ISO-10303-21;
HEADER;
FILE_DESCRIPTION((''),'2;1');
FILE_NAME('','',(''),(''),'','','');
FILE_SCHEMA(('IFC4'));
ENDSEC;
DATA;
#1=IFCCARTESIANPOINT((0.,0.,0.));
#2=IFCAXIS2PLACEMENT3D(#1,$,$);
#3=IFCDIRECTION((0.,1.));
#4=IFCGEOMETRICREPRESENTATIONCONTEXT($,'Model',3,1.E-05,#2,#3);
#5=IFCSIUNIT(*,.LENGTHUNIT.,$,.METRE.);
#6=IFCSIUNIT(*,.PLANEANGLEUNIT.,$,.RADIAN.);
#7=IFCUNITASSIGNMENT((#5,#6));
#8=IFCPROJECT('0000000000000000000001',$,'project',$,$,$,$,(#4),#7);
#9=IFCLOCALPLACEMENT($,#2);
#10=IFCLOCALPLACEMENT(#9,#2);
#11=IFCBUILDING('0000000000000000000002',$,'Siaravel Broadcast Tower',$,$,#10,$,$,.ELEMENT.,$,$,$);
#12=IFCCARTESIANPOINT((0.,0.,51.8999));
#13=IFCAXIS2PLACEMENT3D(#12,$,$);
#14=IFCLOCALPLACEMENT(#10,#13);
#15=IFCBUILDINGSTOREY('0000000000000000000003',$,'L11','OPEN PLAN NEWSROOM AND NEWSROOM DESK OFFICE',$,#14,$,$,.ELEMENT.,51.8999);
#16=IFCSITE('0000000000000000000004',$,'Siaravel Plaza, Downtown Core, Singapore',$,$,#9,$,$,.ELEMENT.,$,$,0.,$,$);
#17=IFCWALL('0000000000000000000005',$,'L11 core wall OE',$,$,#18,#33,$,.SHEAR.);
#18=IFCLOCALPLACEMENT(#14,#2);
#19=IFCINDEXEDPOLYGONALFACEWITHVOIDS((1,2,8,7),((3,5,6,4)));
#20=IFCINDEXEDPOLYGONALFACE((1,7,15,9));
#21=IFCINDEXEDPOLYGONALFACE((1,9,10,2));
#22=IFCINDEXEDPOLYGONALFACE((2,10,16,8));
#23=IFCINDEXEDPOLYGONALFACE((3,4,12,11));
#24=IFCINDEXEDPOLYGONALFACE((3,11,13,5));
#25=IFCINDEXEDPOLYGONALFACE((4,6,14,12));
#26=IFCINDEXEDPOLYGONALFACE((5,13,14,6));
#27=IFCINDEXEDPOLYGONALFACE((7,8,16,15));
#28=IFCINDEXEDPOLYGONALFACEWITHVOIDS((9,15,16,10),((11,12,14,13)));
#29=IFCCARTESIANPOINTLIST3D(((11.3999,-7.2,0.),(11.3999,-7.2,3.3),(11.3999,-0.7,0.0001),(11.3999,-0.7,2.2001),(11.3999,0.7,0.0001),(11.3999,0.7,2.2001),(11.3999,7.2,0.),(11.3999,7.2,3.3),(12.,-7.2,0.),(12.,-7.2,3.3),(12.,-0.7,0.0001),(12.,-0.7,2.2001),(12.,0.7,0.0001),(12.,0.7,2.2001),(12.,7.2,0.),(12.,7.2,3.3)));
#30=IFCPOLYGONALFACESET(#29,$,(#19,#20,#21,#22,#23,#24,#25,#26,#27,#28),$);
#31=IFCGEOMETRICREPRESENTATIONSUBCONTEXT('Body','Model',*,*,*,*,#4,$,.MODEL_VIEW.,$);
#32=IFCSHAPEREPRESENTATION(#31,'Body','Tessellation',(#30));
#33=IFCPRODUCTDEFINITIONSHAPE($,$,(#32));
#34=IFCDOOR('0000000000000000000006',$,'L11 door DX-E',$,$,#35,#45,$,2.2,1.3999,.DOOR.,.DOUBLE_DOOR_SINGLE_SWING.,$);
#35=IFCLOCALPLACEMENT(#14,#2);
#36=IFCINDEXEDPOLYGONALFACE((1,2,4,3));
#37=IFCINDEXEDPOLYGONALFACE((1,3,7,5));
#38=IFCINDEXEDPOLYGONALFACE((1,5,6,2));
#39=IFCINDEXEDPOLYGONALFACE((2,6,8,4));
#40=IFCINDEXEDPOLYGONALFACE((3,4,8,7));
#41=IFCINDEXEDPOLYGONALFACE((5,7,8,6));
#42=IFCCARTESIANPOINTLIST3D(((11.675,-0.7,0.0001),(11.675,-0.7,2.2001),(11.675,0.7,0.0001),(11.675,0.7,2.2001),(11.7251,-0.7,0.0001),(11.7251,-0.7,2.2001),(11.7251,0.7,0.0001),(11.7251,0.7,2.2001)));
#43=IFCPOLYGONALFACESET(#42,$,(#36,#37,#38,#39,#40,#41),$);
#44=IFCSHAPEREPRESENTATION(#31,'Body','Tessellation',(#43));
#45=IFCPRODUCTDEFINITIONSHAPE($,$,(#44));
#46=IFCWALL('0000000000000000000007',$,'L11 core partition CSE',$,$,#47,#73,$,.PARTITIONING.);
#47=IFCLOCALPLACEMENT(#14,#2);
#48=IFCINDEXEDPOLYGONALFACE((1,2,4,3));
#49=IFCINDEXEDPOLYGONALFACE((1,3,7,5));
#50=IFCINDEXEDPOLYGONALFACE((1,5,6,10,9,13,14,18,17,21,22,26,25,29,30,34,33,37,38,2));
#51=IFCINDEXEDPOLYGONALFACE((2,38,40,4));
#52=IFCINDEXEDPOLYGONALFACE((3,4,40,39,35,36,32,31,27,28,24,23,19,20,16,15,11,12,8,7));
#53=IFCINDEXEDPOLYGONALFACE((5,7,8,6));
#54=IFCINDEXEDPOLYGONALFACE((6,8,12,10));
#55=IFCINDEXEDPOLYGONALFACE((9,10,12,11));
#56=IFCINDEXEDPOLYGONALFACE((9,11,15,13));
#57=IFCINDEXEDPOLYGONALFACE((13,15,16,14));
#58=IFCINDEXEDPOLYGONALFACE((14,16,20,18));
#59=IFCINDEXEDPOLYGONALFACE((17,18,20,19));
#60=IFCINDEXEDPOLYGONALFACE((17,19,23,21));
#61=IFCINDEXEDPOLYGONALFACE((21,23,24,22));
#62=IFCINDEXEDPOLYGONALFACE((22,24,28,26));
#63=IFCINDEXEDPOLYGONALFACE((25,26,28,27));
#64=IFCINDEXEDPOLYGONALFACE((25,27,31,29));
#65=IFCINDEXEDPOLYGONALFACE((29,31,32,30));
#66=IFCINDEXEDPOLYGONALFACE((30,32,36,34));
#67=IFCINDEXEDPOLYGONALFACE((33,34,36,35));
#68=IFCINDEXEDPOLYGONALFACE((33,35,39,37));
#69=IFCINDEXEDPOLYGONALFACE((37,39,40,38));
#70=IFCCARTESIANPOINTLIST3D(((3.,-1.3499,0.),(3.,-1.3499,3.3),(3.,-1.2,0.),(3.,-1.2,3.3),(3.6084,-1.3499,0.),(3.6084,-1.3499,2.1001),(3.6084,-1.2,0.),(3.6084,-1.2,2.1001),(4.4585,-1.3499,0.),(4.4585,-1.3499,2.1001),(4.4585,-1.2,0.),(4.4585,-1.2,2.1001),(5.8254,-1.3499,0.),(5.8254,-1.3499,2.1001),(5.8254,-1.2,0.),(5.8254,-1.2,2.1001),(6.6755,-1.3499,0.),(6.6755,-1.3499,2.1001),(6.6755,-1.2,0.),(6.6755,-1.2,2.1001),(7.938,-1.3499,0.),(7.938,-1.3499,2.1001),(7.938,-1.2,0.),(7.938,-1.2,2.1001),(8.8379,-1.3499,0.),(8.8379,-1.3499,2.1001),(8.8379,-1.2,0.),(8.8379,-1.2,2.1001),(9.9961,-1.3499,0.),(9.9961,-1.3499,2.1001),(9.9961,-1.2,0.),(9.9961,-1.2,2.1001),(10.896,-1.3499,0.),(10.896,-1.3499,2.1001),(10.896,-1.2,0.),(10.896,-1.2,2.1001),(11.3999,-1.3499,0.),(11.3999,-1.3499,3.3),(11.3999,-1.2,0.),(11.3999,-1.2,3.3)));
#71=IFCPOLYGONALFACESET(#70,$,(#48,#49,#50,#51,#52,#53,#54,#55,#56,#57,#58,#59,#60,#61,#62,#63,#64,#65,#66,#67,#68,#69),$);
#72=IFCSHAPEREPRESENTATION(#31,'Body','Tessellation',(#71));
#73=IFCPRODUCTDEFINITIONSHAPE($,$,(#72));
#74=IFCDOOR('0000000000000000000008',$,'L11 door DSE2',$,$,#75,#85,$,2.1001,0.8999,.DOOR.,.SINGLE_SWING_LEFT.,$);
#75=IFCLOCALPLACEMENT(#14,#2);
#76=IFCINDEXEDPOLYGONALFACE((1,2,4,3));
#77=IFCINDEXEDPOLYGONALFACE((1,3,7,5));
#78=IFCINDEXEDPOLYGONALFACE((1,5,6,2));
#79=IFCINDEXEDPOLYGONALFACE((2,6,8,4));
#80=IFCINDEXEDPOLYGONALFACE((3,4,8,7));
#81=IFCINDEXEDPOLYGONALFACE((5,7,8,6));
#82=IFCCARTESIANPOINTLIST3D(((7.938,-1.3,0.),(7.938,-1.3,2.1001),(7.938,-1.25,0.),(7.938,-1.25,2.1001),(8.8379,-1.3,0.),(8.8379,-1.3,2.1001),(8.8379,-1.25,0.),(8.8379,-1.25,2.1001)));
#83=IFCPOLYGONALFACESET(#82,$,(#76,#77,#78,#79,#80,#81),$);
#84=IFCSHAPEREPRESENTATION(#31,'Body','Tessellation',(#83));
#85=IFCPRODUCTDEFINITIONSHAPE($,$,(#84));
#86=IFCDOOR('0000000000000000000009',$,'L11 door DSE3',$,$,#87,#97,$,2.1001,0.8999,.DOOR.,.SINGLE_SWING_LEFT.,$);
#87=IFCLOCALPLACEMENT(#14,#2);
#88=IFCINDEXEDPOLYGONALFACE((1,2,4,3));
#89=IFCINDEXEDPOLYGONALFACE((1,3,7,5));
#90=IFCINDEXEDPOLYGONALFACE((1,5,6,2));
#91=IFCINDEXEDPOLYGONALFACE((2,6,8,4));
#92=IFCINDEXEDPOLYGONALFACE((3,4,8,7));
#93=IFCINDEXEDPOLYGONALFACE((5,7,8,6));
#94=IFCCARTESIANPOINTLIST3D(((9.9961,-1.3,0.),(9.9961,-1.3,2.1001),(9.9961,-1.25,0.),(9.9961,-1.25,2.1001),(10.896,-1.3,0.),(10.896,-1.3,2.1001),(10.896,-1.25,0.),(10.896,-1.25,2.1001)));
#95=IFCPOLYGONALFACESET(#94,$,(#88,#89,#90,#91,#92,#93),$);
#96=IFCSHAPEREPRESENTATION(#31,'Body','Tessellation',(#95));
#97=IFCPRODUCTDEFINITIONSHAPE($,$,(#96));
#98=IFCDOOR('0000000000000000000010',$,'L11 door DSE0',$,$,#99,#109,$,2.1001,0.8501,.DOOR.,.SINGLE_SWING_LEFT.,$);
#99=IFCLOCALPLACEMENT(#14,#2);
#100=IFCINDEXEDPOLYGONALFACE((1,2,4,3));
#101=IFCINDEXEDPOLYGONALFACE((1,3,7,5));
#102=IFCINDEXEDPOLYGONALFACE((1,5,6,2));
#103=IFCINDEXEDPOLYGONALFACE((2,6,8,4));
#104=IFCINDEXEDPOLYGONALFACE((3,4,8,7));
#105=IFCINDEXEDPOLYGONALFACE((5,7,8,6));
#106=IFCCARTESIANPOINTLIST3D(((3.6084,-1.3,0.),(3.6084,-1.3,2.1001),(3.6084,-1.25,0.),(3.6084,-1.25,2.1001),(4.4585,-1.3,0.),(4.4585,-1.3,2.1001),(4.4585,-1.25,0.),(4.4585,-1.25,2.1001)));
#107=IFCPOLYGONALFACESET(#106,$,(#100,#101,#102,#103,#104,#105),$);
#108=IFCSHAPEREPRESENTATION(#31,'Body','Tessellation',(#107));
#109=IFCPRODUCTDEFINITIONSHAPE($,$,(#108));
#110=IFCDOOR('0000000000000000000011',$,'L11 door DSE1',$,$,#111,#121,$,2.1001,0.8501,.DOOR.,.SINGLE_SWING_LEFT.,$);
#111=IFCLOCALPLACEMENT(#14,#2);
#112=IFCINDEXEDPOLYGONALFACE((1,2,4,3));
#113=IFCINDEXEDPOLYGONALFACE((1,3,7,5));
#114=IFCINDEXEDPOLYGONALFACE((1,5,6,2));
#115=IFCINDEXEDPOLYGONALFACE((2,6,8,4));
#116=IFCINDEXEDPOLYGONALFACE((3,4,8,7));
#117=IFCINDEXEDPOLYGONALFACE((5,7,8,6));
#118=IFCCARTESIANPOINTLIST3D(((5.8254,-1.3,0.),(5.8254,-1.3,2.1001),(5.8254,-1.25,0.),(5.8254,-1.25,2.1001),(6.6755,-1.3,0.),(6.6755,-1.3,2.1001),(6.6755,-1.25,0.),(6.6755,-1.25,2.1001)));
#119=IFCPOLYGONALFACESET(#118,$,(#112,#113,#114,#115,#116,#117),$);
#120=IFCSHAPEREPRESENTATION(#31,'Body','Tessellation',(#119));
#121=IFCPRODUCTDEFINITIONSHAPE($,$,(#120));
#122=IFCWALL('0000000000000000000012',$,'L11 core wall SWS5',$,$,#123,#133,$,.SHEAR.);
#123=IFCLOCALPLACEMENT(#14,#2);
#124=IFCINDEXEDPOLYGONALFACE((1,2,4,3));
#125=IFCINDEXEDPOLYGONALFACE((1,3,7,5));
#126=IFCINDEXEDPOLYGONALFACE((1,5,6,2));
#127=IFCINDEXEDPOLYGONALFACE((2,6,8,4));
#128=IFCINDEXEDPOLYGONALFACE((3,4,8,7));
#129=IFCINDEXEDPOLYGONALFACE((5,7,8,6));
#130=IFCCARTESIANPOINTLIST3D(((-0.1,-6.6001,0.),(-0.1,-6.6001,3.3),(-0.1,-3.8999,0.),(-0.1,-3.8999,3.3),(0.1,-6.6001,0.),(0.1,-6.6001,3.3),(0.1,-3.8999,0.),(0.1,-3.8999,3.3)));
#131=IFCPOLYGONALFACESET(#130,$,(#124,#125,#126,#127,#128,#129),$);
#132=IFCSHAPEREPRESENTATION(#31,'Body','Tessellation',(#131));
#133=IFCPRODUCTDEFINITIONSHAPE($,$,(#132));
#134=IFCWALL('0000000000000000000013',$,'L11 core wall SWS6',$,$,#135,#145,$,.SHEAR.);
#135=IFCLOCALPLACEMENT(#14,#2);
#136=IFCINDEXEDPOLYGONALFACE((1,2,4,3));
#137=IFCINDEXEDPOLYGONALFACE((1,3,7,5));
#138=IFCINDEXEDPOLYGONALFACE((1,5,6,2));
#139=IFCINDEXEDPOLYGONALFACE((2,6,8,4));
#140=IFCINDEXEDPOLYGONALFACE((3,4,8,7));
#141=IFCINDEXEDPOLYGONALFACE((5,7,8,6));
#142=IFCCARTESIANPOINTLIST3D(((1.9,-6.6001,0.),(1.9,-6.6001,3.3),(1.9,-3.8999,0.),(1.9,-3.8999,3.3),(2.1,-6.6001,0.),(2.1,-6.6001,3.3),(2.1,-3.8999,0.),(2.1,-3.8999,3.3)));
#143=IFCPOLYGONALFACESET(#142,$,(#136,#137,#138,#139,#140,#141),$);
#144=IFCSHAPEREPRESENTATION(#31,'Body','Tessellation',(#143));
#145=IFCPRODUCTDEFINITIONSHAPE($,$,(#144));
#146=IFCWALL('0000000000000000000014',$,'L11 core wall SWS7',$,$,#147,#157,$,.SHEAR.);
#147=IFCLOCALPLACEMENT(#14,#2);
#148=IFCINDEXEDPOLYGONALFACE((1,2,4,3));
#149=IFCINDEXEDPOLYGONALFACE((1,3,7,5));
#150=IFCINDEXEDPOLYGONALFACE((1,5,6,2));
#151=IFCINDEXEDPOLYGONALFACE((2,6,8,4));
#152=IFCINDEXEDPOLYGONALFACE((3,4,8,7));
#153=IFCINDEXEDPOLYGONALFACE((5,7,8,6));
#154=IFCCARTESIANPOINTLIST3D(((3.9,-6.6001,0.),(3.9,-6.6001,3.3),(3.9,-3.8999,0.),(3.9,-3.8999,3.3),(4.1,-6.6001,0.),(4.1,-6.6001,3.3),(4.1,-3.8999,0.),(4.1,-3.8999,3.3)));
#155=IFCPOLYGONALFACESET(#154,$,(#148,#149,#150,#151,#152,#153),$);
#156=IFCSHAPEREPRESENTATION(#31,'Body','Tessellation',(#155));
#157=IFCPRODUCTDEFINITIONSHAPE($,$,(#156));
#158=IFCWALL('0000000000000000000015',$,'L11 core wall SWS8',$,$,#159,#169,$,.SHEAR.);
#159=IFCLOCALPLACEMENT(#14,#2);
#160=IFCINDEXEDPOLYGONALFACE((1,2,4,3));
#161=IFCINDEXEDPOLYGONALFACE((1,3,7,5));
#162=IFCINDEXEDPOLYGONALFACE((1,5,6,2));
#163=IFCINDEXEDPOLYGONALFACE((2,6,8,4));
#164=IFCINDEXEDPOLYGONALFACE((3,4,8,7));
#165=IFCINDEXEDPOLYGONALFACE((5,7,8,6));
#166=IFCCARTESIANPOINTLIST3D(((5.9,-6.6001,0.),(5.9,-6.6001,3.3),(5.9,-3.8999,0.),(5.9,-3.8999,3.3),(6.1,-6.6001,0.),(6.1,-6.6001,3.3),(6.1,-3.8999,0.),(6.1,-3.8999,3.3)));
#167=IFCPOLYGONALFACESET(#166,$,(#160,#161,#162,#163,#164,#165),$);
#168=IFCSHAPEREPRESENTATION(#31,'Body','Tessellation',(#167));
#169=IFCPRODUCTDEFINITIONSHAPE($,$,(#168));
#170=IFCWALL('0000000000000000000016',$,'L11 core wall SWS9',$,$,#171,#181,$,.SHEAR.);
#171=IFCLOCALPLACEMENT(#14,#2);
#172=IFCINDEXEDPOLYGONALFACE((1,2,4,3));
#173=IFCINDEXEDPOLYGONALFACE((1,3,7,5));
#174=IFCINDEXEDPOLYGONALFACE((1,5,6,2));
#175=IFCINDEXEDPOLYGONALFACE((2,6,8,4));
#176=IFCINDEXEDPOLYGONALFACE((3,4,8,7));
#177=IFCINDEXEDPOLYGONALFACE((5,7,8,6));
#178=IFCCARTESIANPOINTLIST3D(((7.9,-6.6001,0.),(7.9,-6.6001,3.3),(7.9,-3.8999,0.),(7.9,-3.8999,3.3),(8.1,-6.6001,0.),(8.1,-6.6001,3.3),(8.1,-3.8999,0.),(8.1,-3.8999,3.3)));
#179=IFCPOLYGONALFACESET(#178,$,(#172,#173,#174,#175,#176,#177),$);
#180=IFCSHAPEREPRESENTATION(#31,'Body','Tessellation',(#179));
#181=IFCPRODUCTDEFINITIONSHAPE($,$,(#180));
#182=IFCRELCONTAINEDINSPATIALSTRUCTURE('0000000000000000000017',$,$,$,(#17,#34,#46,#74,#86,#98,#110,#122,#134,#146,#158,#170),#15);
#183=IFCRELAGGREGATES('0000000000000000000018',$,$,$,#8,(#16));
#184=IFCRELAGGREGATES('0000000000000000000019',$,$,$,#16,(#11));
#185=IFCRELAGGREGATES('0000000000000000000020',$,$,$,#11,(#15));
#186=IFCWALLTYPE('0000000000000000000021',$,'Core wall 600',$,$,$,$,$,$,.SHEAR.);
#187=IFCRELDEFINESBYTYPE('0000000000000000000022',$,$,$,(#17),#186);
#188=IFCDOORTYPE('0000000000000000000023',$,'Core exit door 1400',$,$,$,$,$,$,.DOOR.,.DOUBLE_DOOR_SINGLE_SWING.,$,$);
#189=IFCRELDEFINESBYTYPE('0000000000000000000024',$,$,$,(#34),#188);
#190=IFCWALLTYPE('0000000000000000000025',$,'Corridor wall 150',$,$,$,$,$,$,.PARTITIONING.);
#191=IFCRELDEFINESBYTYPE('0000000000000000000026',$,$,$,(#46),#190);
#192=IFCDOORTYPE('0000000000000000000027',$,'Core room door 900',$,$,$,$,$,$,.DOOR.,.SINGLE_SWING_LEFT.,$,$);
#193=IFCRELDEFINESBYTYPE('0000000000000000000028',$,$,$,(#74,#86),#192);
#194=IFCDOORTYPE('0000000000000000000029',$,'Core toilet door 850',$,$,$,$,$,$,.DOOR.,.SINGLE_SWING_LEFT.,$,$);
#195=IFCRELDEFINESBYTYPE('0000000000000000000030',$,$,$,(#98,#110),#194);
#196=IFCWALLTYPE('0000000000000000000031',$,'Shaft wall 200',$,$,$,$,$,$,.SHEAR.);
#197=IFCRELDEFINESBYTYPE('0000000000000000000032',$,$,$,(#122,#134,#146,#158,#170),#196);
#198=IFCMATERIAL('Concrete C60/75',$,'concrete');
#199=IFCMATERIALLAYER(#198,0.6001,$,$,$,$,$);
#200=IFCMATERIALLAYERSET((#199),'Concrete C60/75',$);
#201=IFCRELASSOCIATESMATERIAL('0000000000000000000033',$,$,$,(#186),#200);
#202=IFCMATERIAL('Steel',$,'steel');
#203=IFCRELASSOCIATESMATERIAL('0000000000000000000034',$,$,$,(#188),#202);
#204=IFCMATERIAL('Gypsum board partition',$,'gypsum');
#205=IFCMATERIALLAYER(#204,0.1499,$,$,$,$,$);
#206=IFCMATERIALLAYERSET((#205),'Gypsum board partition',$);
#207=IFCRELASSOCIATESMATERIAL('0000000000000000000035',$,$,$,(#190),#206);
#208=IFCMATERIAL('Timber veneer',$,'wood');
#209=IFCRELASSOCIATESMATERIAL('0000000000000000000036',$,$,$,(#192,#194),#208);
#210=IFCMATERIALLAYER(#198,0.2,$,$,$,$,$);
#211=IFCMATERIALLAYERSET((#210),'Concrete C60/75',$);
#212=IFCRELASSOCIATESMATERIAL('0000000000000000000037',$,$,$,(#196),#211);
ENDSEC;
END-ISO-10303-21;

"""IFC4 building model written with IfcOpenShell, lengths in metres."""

from ifc_helpers import new_model, si_unit, direction, frame, frame_2d, origin, place, context, subcontext, project, spatial, rectangle, extrude, material, layer, layer_set, type_object, element, fill, save


model = new_model("IFC4")

# Units and contexts
model_context = context("Model", 3, precision=1e-05, world=origin(), true_north=direction((0.0, 1.0)))
body_context = subcontext(model_context, "Body", "Model", "MODEL_VIEW")
ifc_project = project(units=[si_unit("LENGTHUNIT", "METRE"), si_unit("PLANEANGLEUNIT", "RADIAN")], contexts=[model_context])

# Site, building, storey
site_placement = place(None, origin())
site = spatial("IfcSite", under=ifc_project, at=site_placement, Name="Siaravel Plaza, Downtown Core, Singapore", CompositionType="ELEMENT", RefElevation=0.0)
building_placement = place(site_placement, origin())
building = spatial("IfcBuilding", under=site, at=building_placement, Name="Siaravel Broadcast Tower", CompositionType="ELEMENT")
storey_placement = place(building_placement, frame((0.0, 0.0, 51.8999)))
storey = spatial("IfcBuildingStorey", under=building, at=storey_placement, Name="L11", Description="OPEN PLAN NEWSROOM AND NEWSROOM DESK OFFICE", CompositionType="ELEMENT", Elevation=51.8999)

# Wall, opening, door
ifc_material_1 = material(Name="Concrete C60/75", Category="concrete")
ifc_layer_1 = layer(ifc_material_1, 0.6001)
ifc_layer_set_1 = layer_set([ifc_layer_1], Name="Concrete C60/75")
wall_type_1 = type_object("IfcWallType", Name="Core wall 600", PredefinedType="SHEAR", material=ifc_layer_set_1)
wall_1_placement = place(storey_placement, frame((11.7, -7.2, 0.0), z_axis=(0.0, 0.0, 1.0), x_axis=(0.0, 1.0, 0.0)))
wall_1 = element("IfcWall", 1, at=wall_1_placement, inside=storey, type_object=wall_type_1, Name="L11 core wall OE", PredefinedType="SHEAR", context=body_context, shape_type="SweptSolid", body=[
    extrude(rectangle(XDim=14.3999, YDim=0.6001, at=frame_2d((7.2, 0.0))), origin(), (0.0, 0.0, 1.0), 3.3),
])
opening_1_placement = place(wall_1_placement, frame((6.5, 0.0, 0.0)))
opening_1 = element("IfcOpeningElement", 2, at=opening_1_placement, cuts=wall_1, PredefinedType="OPENING", context=body_context, shape_type="SweptSolid", body=[
    extrude(rectangle(XDim=1.3999, YDim=2.2, at=frame_2d((0.7, 1.1001))), frame((0.0, 0.3101, 0.0), z_axis=(0.0, -1.0, 0.0), x_axis=(1.0, 0.0, 0.0)), (0.0, 0.0, 1.0), 0.6201),
])
ifc_material_2 = material(Name="Steel", Category="steel")
door_type_1 = type_object("IfcDoorType", Name="Core exit door 1400", OperationType="DOUBLE_DOOR_SINGLE_SWING", PredefinedType="DOOR", material=ifc_material_2)
door_1_placement = place(opening_1_placement, origin())
door_1 = element("IfcDoor", 3, at=door_1_placement, inside=storey, type_object=door_type_1, Name="L11 door DX-E", OperationType="DOUBLE_DOOR_SINGLE_SWING", OverallHeight=2.2, OverallWidth=1.3999, PredefinedType="DOOR", context=body_context, shape_type="SweptSolid", body=[
    extrude(rectangle(XDim=1.3999, YDim=2.2, at=frame_2d((0.7, 1.1001))), frame((0.0, 0.0249, 0.0), z_axis=(0.0, -1.0, 0.0), x_axis=(1.0, 0.0, 0.0)), (0.0, 0.0, 1.0), 0.05),
])
fill(opening_1, door_1)

# Wall, openings, doors
ifc_material_3 = material(Name="Gypsum board partition", Category="gypsum")
ifc_layer_2 = layer(ifc_material_3, 0.1499)
ifc_layer_set_2 = layer_set([ifc_layer_2], Name="Gypsum board partition")
wall_type_2 = type_object("IfcWallType", Name="Corridor wall 150", PredefinedType="PARTITIONING", material=ifc_layer_set_2)
wall_2_placement = place(storey_placement, frame((3.0, -1.2749, 0.0), z_axis=(0.0, 0.0, 1.0), x_axis=(1.0, 0.0, 0.0)))
wall_2 = element("IfcWall", 4, at=wall_2_placement, inside=storey, type_object=wall_type_2, Name="L11 core partition CSE", PredefinedType="PARTITIONING", context=body_context, shape_type="SweptSolid", body=[
    extrude(rectangle(XDim=8.3999, YDim=0.1499, at=frame_2d((4.2, 0.0))), origin(), (0.0, 0.0, 1.0), 3.3),
])
opening_2_placement = place(wall_2_placement, frame((0.6084, 0.0, 0.0)))
opening_2 = element("IfcOpeningElement", 5, at=opening_2_placement, cuts=wall_2, PredefinedType="OPENING", context=body_context, shape_type="SweptSolid", body=[
    extrude(rectangle(XDim=0.8501, YDim=2.1001, at=frame_2d((0.425, 1.05))), frame((0.0, 0.085, 0.0), z_axis=(0.0, -1.0, 0.0), x_axis=(1.0, 0.0, 0.0)), (0.0, 0.0, 1.0), 0.1699),
])
opening_3_placement = place(wall_2_placement, frame((2.8254, 0.0, 0.0)))
opening_3 = element("IfcOpeningElement", 6, at=opening_3_placement, cuts=wall_2, PredefinedType="OPENING", context=body_context, shape_type="SweptSolid", body=[
    extrude(rectangle(XDim=0.8501, YDim=2.1001, at=frame_2d((0.425, 1.05))), frame((0.0, 0.085, 0.0), z_axis=(0.0, -1.0, 0.0), x_axis=(1.0, 0.0, 0.0)), (0.0, 0.0, 1.0), 0.1699),
])
opening_4_placement = place(wall_2_placement, frame((4.938, 0.0, 0.0)))
opening_4 = element("IfcOpeningElement", 7, at=opening_4_placement, cuts=wall_2, PredefinedType="OPENING", context=body_context, shape_type="SweptSolid", body=[
    extrude(rectangle(XDim=0.8999, YDim=2.1001, at=frame_2d((0.45, 1.05))), frame((0.0, 0.085, 0.0), z_axis=(0.0, -1.0, 0.0), x_axis=(1.0, 0.0, 0.0)), (0.0, 0.0, 1.0), 0.1699),
])
opening_5_placement = place(wall_2_placement, frame((6.9961, 0.0, 0.0)))
opening_5 = element("IfcOpeningElement", 8, at=opening_5_placement, cuts=wall_2, PredefinedType="OPENING", context=body_context, shape_type="SweptSolid", body=[
    extrude(rectangle(XDim=0.8999, YDim=2.1001, at=frame_2d((0.45, 1.05))), frame((0.0, 0.085, 0.0), z_axis=(0.0, -1.0, 0.0), x_axis=(1.0, 0.0, 0.0)), (0.0, 0.0, 1.0), 0.1699),
])
ifc_material_4 = material(Name="Timber veneer", Category="wood")
door_type_2 = type_object("IfcDoorType", Name="Core room door 900", OperationType="SINGLE_SWING_LEFT", PredefinedType="DOOR", material=ifc_material_4)
door_2_placement = place(opening_4_placement, origin())
door_2 = element("IfcDoor", 9, at=door_2_placement, inside=storey, type_object=door_type_2, Name="L11 door DSE2", OperationType="SINGLE_SWING_LEFT", OverallHeight=2.1001, OverallWidth=0.8999, PredefinedType="DOOR", context=body_context, shape_type="SweptSolid", body=[
    extrude(rectangle(XDim=0.8999, YDim=2.1001, at=frame_2d((0.45, 1.05))), frame((0.0, 0.0249, 0.0), z_axis=(0.0, -1.0, 0.0), x_axis=(1.0, 0.0, 0.0)), (0.0, 0.0, 1.0), 0.05),
])
fill(opening_4, door_2)
door_3_placement = place(opening_5_placement, origin())
door_3 = element("IfcDoor", 10, at=door_3_placement, inside=storey, type_object=door_type_2, Name="L11 door DSE3", OperationType="SINGLE_SWING_LEFT", OverallHeight=2.1001, OverallWidth=0.8999, PredefinedType="DOOR", context=body_context, shape_type="SweptSolid", body=[
    extrude(rectangle(XDim=0.8999, YDim=2.1001, at=frame_2d((0.45, 1.05))), frame((0.0, 0.0249, 0.0), z_axis=(0.0, -1.0, 0.0), x_axis=(1.0, 0.0, 0.0)), (0.0, 0.0, 1.0), 0.05),
])
fill(opening_5, door_3)
door_type_3 = type_object("IfcDoorType", Name="Core toilet door 850", OperationType="SINGLE_SWING_LEFT", PredefinedType="DOOR", material=ifc_material_4)
door_4_placement = place(opening_2_placement, origin())
door_4 = element("IfcDoor", 11, at=door_4_placement, inside=storey, type_object=door_type_3, Name="L11 door DSE0", OperationType="SINGLE_SWING_LEFT", OverallHeight=2.1001, OverallWidth=0.8501, PredefinedType="DOOR", context=body_context, shape_type="SweptSolid", body=[
    extrude(rectangle(XDim=0.8501, YDim=2.1001, at=frame_2d((0.425, 1.05))), frame((0.0, 0.0249, 0.0), z_axis=(0.0, -1.0, 0.0), x_axis=(1.0, 0.0, 0.0)), (0.0, 0.0, 1.0), 0.05),
])
fill(opening_2, door_4)
door_5_placement = place(opening_3_placement, origin())
door_5 = element("IfcDoor", 12, at=door_5_placement, inside=storey, type_object=door_type_3, Name="L11 door DSE1", OperationType="SINGLE_SWING_LEFT", OverallHeight=2.1001, OverallWidth=0.8501, PredefinedType="DOOR", context=body_context, shape_type="SweptSolid", body=[
    extrude(rectangle(XDim=0.8501, YDim=2.1001, at=frame_2d((0.425, 1.05))), frame((0.0, 0.0249, 0.0), z_axis=(0.0, -1.0, 0.0), x_axis=(1.0, 0.0, 0.0)), (0.0, 0.0, 1.0), 0.05),
])
fill(opening_3, door_5)

# Walls
ifc_layer_3 = layer(ifc_material_1, 0.2)
ifc_layer_set_3 = layer_set([ifc_layer_3], Name="Concrete C60/75")
wall_type_3 = type_object("IfcWallType", Name="Shaft wall 200", PredefinedType="SHEAR", material=ifc_layer_set_3)
for number, where, z_axis, x_axis, name in (
    (13, (0.0, -6.6001, 0.0), (0.0, 0.0, 1.0), (0.0, 1.0, 0.0), "L11 core wall SWS5"),
    (14, (2.0, -6.6001, 0.0), (0.0, 0.0, 1.0), (0.0, 1.0, 0.0), "L11 core wall SWS6"),
    (15, (4.0, -6.6001, 0.0), (0.0, 0.0, 1.0), (0.0, 1.0, 0.0), "L11 core wall SWS7"),
    (16, (6.0, -6.6001, 0.0), (0.0, 0.0, 1.0), (0.0, 1.0, 0.0), "L11 core wall SWS8"),
    (17, (8.0, -6.6001, 0.0), (0.0, 0.0, 1.0), (0.0, 1.0, 0.0), "L11 core wall SWS9"),
):
    element("IfcWall", number, at=place(storey_placement, frame(where, z_axis=z_axis, x_axis=x_axis)), inside=storey, type_object=wall_type_3, Name=name, PredefinedType="SHEAR", context=body_context, shape_type="SweptSolid", body=[
        extrude(rectangle(XDim=2.7002, YDim=0.2, at=frame_2d((1.3501, 0.0))), origin(), (0.0, 0.0, 1.0), 3.3),
    ])

save(model, "model.ifc")
